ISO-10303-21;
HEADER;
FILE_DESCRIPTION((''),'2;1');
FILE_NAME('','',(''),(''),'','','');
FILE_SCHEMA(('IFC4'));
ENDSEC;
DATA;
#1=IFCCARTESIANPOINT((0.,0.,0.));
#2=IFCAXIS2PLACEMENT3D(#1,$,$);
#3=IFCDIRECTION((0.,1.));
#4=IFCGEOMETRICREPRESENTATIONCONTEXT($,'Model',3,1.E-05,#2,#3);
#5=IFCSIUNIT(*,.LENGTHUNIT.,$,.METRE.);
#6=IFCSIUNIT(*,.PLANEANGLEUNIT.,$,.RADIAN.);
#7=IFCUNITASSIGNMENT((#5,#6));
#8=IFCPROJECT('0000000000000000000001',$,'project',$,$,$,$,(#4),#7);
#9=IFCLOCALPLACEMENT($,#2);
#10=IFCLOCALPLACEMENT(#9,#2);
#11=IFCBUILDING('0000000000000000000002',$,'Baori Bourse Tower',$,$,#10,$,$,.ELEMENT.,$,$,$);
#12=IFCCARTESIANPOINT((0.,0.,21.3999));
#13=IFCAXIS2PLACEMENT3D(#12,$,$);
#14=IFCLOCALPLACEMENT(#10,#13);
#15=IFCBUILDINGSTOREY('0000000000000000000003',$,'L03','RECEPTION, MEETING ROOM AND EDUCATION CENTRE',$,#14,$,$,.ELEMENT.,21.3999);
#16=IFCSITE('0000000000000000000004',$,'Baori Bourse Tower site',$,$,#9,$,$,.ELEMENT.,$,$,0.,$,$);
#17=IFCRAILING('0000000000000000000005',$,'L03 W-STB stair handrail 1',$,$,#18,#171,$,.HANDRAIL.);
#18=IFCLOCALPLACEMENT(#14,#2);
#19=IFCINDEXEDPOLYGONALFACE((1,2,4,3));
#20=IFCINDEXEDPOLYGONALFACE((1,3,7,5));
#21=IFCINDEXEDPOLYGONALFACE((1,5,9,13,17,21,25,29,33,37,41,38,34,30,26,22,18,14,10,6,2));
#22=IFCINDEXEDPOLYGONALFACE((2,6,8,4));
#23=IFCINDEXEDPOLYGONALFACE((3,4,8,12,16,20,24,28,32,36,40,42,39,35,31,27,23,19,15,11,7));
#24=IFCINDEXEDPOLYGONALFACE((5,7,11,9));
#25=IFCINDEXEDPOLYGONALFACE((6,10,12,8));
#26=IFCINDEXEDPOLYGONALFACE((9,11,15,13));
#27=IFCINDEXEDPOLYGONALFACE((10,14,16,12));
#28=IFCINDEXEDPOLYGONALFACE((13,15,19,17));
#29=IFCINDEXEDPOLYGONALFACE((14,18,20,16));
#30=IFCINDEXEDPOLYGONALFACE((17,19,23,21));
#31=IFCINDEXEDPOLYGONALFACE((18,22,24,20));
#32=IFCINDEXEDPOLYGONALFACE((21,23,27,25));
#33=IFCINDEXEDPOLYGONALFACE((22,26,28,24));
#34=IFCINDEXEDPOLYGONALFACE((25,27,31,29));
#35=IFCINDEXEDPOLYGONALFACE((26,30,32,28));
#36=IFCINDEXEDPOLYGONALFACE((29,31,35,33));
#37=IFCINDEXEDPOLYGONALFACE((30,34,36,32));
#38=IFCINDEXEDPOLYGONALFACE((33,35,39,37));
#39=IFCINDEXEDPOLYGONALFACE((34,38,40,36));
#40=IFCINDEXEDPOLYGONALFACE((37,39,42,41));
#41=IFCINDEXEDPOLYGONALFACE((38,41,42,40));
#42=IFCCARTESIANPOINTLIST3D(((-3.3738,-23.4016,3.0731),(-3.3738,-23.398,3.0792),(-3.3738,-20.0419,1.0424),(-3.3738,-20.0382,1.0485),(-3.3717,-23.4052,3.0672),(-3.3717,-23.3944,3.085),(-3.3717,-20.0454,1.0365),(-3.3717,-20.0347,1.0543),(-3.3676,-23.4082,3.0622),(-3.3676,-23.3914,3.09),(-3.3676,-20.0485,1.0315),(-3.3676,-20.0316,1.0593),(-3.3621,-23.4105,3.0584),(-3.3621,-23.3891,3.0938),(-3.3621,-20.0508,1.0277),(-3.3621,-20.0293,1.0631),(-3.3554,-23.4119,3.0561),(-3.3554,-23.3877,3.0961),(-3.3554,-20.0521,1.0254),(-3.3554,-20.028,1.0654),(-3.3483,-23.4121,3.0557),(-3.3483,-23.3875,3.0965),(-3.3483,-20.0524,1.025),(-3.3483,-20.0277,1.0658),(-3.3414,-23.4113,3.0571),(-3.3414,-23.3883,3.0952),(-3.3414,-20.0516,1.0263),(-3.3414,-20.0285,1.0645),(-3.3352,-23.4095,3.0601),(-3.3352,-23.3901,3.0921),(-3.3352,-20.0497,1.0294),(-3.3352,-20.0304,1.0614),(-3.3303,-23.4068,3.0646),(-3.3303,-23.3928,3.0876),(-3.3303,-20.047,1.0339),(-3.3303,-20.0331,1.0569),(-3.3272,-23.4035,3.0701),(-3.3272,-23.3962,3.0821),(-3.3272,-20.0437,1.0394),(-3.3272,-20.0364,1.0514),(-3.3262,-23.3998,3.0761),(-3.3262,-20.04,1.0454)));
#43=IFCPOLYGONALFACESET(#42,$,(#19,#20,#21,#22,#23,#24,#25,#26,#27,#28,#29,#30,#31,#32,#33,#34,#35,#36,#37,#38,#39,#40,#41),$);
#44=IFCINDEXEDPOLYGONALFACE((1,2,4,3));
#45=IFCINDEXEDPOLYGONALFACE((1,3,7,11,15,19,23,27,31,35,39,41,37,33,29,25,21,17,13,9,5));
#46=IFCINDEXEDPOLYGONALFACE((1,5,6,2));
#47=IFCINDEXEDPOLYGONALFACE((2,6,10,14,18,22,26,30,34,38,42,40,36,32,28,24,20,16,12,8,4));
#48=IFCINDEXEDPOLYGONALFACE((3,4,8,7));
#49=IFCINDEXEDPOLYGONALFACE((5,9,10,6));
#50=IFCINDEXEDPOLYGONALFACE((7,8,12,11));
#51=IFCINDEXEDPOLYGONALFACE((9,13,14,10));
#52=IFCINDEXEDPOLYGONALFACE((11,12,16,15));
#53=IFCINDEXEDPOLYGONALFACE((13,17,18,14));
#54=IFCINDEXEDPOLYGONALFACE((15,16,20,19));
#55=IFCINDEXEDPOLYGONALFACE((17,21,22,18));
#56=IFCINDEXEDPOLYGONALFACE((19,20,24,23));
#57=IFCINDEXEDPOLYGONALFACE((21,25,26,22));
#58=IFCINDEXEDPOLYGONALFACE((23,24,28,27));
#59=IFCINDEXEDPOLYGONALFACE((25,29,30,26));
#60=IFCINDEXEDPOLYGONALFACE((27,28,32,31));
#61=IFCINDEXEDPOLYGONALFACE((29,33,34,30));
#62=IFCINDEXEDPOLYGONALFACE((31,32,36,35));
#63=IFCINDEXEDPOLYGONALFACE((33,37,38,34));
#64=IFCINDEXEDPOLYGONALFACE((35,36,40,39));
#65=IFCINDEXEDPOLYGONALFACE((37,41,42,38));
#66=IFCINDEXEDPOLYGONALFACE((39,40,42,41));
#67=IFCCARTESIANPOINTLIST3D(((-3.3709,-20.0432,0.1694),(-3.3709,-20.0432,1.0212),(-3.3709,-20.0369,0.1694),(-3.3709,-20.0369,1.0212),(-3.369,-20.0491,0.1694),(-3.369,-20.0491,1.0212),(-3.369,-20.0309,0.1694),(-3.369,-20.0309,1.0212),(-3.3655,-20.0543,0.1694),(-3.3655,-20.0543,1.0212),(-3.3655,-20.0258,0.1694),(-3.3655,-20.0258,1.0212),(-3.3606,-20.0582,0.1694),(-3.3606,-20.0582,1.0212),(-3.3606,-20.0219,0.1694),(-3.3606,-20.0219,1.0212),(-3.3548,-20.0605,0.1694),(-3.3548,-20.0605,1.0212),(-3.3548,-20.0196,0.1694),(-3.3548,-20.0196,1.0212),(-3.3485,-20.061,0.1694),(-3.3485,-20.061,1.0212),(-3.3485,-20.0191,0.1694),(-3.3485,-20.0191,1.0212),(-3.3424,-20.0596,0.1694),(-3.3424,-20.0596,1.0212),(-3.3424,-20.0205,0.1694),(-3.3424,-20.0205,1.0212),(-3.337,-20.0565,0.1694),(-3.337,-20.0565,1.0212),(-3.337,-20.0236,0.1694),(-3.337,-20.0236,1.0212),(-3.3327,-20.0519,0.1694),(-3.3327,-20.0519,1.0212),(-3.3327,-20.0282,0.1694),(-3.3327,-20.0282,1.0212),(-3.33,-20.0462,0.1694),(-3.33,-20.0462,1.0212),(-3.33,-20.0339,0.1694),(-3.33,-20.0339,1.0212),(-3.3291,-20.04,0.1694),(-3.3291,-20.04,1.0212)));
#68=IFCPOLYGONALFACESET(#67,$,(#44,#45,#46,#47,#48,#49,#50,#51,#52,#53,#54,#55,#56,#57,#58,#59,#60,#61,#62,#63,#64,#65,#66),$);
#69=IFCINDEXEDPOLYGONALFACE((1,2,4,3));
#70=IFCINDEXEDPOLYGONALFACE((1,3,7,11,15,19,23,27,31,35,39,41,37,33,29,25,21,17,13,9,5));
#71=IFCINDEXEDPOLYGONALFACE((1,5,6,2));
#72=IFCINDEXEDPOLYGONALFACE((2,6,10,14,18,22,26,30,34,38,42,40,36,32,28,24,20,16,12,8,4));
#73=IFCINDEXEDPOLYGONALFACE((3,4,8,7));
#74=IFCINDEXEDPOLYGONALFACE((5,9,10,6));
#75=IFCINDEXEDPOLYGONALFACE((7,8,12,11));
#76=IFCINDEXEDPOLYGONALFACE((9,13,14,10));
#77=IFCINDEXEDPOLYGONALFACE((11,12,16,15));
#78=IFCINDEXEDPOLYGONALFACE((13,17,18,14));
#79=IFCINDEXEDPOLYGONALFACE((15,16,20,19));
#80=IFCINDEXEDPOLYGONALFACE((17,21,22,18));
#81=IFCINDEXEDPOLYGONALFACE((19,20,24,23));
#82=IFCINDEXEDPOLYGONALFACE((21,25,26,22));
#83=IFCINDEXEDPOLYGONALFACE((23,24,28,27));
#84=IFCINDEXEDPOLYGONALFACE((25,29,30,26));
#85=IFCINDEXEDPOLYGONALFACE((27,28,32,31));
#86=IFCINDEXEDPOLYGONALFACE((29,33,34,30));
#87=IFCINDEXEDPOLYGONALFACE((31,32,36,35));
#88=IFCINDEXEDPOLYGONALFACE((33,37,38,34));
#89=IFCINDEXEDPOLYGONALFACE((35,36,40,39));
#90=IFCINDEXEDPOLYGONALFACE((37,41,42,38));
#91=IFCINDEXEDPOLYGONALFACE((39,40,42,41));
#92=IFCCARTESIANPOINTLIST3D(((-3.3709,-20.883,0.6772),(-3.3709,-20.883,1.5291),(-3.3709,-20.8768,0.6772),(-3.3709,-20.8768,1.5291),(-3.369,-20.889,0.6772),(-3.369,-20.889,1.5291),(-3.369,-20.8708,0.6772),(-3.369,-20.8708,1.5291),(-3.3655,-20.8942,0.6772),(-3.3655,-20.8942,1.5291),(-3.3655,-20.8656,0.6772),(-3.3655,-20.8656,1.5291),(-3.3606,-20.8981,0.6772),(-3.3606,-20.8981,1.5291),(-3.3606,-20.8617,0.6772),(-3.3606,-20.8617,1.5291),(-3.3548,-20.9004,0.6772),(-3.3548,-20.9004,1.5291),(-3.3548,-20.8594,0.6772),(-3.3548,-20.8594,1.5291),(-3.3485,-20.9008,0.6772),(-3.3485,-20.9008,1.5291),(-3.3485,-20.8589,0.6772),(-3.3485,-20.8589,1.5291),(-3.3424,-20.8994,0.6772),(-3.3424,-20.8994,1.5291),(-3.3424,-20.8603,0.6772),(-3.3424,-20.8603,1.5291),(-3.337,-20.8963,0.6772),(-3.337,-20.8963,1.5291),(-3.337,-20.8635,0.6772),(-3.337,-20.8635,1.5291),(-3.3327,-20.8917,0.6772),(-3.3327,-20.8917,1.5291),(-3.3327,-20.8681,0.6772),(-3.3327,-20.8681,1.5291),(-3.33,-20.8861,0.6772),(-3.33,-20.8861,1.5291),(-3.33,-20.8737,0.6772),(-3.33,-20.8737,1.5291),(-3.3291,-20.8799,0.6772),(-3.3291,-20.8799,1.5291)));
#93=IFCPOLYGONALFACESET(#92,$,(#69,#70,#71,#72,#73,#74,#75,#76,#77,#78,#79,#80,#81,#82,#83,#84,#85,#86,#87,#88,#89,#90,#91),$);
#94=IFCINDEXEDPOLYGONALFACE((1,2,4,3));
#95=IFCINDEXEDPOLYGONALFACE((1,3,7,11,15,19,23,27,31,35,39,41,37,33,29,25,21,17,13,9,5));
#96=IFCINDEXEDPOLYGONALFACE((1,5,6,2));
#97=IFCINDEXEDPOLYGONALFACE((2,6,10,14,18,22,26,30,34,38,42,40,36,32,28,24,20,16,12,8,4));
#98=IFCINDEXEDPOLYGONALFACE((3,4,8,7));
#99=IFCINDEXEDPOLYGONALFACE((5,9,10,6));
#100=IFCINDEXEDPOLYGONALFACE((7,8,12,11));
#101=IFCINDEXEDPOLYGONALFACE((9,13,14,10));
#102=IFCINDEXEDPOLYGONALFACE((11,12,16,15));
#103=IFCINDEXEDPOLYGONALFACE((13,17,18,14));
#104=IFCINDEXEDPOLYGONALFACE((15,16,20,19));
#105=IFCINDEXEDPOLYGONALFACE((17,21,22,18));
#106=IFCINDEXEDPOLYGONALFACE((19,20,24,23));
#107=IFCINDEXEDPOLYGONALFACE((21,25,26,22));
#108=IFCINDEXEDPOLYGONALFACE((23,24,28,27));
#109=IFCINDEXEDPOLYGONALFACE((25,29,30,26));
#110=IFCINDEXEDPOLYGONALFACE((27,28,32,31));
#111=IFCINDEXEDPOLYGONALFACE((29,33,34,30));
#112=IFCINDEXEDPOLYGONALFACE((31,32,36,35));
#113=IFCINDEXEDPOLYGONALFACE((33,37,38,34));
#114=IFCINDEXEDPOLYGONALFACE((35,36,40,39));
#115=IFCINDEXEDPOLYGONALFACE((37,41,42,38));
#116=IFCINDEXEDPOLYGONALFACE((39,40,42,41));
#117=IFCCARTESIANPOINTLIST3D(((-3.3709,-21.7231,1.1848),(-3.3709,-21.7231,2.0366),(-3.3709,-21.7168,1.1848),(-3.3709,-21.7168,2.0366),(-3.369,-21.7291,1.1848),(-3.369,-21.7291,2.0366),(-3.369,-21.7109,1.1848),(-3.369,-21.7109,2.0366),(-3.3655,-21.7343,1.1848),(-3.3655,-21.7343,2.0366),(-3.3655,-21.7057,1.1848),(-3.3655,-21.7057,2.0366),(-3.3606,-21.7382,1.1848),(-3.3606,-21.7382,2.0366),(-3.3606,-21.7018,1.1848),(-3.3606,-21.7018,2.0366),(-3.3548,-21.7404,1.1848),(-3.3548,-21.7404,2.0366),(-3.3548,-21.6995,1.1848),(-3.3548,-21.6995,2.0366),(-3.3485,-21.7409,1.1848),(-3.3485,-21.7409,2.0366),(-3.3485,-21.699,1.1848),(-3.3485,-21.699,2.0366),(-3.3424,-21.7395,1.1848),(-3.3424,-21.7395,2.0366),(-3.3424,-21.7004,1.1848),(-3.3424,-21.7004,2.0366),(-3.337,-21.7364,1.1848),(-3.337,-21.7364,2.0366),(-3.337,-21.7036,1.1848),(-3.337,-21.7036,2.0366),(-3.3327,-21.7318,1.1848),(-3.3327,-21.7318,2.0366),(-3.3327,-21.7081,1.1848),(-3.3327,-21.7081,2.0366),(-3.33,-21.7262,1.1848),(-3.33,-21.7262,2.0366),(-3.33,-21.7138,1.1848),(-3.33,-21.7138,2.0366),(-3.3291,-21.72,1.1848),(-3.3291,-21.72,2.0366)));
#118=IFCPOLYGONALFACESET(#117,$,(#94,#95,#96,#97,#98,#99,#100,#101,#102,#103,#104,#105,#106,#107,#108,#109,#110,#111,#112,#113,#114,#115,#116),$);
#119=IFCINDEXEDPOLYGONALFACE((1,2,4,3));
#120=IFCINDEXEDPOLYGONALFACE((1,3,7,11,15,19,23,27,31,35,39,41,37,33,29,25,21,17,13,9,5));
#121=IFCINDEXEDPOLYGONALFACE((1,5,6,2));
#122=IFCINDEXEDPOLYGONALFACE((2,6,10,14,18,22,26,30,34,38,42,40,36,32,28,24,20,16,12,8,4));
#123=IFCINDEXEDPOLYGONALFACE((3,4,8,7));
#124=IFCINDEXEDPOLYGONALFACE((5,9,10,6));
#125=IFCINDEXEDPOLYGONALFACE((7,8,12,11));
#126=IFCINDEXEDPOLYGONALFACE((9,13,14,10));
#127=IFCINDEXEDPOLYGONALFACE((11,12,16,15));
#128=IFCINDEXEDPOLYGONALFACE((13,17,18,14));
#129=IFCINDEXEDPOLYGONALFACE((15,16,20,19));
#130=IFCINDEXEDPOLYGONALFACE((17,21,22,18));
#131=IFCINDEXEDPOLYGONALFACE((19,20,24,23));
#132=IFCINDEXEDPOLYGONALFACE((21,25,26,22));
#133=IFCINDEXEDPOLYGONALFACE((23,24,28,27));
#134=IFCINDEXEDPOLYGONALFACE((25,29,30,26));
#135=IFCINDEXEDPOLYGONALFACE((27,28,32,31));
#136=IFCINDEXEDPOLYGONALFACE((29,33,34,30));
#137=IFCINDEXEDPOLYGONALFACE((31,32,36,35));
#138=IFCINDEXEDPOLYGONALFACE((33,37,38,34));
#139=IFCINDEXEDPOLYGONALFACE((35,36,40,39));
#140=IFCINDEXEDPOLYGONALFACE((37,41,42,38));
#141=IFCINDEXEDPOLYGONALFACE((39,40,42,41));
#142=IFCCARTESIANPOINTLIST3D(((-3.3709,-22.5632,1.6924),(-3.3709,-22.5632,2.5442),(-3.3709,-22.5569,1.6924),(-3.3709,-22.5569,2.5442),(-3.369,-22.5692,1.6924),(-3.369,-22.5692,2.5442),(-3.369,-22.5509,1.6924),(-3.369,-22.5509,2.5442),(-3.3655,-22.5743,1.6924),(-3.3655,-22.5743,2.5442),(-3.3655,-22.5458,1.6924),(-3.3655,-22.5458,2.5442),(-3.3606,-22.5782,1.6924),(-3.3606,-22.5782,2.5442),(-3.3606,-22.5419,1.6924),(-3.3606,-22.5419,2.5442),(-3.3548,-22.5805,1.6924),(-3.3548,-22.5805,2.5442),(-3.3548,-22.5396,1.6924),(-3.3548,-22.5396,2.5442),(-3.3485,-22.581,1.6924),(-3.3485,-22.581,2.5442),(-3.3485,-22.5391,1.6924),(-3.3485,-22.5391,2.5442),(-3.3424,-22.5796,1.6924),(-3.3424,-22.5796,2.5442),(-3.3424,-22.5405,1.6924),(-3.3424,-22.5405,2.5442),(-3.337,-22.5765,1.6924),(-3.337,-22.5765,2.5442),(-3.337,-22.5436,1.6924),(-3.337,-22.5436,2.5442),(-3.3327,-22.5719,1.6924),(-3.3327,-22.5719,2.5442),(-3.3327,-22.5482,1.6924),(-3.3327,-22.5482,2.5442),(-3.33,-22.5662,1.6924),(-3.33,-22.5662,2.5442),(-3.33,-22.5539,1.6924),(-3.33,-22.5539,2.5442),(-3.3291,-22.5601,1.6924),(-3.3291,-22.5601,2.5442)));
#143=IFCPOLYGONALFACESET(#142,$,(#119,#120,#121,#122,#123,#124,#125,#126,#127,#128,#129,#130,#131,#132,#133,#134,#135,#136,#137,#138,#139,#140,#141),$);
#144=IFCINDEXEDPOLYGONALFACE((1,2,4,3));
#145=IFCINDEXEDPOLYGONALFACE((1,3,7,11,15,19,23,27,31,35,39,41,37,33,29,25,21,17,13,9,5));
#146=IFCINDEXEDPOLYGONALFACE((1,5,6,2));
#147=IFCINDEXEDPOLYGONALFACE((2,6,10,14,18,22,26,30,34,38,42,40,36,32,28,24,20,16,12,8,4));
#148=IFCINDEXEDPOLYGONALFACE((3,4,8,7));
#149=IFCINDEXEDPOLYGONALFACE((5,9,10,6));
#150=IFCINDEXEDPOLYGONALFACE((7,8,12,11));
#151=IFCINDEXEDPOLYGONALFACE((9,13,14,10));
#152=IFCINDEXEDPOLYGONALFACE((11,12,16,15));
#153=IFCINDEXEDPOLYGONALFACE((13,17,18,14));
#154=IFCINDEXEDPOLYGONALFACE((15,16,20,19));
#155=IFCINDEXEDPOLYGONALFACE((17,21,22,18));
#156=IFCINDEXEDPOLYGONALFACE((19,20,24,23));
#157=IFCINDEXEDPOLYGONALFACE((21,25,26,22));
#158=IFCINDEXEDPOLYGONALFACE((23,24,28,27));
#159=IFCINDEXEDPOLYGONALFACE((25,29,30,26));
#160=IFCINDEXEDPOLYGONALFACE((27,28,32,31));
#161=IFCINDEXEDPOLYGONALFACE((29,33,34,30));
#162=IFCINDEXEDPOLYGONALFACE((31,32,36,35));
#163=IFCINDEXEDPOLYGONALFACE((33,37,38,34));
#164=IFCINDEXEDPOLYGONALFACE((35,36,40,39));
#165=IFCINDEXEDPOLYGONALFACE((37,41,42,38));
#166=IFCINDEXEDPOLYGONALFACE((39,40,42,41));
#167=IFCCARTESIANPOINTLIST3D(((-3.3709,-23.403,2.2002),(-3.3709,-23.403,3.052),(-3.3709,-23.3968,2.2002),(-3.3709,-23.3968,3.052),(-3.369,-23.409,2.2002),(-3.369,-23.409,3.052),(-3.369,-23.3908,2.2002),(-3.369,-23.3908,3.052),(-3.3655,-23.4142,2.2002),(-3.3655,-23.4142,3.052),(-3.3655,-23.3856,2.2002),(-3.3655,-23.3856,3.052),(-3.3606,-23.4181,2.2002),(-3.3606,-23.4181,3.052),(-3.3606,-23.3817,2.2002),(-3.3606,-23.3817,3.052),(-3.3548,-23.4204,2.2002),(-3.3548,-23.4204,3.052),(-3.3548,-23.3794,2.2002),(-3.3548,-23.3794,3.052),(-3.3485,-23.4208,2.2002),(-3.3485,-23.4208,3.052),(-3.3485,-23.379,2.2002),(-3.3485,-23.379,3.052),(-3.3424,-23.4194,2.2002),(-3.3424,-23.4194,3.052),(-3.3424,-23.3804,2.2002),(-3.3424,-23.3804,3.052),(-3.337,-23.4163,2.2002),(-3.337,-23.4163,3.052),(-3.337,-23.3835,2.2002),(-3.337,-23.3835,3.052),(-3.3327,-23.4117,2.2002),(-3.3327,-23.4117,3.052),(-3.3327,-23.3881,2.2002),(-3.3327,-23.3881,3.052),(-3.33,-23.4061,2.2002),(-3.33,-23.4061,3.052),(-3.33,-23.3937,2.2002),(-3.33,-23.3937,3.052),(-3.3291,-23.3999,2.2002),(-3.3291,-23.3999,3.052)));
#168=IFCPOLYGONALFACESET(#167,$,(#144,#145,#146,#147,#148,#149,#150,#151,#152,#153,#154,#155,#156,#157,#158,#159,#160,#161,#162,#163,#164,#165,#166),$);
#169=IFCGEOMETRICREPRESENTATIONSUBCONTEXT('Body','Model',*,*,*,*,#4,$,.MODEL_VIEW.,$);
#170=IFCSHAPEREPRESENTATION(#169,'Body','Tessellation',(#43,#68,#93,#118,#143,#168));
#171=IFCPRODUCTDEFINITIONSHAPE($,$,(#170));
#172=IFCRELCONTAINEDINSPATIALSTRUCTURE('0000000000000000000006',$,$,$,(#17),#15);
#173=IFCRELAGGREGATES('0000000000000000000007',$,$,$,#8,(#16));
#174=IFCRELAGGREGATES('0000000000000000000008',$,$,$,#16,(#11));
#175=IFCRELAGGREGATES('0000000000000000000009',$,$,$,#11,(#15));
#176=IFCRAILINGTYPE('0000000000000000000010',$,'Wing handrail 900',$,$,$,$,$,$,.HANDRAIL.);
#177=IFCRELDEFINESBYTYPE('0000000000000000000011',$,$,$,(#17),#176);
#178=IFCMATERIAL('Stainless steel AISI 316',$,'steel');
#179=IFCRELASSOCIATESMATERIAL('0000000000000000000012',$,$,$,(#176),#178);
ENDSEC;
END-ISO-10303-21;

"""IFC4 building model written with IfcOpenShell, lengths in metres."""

from ifc_helpers import new_model, si_unit, direction, frame, origin, origin_2d, place, context, subcontext, project, spatial, circle, extrude, material, type_object, element, save


model = new_model("IFC4")

# Units and contexts
model_context = context("Model", 3, precision=1e-05, world=origin(), true_north=direction((0.0, 1.0)))
body_context = subcontext(model_context, "Body", "Model", "MODEL_VIEW")
ifc_project = project(units=[si_unit("LENGTHUNIT", "METRE"), si_unit("PLANEANGLEUNIT", "RADIAN")], contexts=[model_context])

# Site, building, storey
site_placement = place(None, origin())
site = spatial("IfcSite", under=ifc_project, at=site_placement, Name="Baori Bourse Tower site", CompositionType="ELEMENT", RefElevation=0.0)
building_placement = place(site_placement, origin())
building = spatial("IfcBuilding", under=site, at=building_placement, Name="Baori Bourse Tower", CompositionType="ELEMENT")
storey_placement = place(building_placement, frame((0.0, 0.0, 21.3999)))
storey = spatial("IfcBuildingStorey", under=building, at=storey_placement, Name="L03", Description="RECEPTION, MEETING ROOM AND EDUCATION CENTRE", CompositionType="ELEMENT", Elevation=21.3999)

# Railing
ifc_material_1 = material(Name="Stainless steel AISI 316", Category="steel")
railing_type_1 = type_object("IfcRailingType", Name="Wing handrail 900", PredefinedType="HANDRAIL", material=ifc_material_1)
railing_1_placement = place(storey_placement, frame((-3.3501, -20.04, 0.1694)))
element("IfcRailing", 1, at=railing_1_placement, inside=storey, type_object=railing_type_1, Name="L03 W-STB stair handrail 1", PredefinedType="HANDRAIL", context=body_context, shape_type="SweptSolid", body=[
    extrude(circle(Radius=0.0239, at=origin_2d()), frame((0.0, 0.0, 0.876), z_axis=(0.0, -0.85582, 0.517273), x_axis=(1.0, 0.0, 0.0)), (0.0, 0.0, 1.0), 3.9258),
    extrude(circle(Radius=0.021, at=origin_2d()), origin(), (0.0, 0.0, 1.0), 0.8518),
    extrude(circle(Radius=0.021, at=origin_2d()), frame((0.0, -0.8398, 0.5078)), (0.0, 0.0, 1.0), 0.8518),
    extrude(circle(Radius=0.021, at=origin_2d()), frame((0.0, -1.6799, 1.0154)), (0.0, 0.0, 1.0), 0.8518),
    extrude(circle(Radius=0.021, at=origin_2d()), frame((0.0, -2.52, 1.5229)), (0.0, 0.0, 1.0), 0.8518),
    extrude(circle(Radius=0.021, at=origin_2d()), frame((0.0, -3.3599, 2.0308)), (0.0, 0.0, 1.0), 0.8518),
])

save(model, "model.ifc")
